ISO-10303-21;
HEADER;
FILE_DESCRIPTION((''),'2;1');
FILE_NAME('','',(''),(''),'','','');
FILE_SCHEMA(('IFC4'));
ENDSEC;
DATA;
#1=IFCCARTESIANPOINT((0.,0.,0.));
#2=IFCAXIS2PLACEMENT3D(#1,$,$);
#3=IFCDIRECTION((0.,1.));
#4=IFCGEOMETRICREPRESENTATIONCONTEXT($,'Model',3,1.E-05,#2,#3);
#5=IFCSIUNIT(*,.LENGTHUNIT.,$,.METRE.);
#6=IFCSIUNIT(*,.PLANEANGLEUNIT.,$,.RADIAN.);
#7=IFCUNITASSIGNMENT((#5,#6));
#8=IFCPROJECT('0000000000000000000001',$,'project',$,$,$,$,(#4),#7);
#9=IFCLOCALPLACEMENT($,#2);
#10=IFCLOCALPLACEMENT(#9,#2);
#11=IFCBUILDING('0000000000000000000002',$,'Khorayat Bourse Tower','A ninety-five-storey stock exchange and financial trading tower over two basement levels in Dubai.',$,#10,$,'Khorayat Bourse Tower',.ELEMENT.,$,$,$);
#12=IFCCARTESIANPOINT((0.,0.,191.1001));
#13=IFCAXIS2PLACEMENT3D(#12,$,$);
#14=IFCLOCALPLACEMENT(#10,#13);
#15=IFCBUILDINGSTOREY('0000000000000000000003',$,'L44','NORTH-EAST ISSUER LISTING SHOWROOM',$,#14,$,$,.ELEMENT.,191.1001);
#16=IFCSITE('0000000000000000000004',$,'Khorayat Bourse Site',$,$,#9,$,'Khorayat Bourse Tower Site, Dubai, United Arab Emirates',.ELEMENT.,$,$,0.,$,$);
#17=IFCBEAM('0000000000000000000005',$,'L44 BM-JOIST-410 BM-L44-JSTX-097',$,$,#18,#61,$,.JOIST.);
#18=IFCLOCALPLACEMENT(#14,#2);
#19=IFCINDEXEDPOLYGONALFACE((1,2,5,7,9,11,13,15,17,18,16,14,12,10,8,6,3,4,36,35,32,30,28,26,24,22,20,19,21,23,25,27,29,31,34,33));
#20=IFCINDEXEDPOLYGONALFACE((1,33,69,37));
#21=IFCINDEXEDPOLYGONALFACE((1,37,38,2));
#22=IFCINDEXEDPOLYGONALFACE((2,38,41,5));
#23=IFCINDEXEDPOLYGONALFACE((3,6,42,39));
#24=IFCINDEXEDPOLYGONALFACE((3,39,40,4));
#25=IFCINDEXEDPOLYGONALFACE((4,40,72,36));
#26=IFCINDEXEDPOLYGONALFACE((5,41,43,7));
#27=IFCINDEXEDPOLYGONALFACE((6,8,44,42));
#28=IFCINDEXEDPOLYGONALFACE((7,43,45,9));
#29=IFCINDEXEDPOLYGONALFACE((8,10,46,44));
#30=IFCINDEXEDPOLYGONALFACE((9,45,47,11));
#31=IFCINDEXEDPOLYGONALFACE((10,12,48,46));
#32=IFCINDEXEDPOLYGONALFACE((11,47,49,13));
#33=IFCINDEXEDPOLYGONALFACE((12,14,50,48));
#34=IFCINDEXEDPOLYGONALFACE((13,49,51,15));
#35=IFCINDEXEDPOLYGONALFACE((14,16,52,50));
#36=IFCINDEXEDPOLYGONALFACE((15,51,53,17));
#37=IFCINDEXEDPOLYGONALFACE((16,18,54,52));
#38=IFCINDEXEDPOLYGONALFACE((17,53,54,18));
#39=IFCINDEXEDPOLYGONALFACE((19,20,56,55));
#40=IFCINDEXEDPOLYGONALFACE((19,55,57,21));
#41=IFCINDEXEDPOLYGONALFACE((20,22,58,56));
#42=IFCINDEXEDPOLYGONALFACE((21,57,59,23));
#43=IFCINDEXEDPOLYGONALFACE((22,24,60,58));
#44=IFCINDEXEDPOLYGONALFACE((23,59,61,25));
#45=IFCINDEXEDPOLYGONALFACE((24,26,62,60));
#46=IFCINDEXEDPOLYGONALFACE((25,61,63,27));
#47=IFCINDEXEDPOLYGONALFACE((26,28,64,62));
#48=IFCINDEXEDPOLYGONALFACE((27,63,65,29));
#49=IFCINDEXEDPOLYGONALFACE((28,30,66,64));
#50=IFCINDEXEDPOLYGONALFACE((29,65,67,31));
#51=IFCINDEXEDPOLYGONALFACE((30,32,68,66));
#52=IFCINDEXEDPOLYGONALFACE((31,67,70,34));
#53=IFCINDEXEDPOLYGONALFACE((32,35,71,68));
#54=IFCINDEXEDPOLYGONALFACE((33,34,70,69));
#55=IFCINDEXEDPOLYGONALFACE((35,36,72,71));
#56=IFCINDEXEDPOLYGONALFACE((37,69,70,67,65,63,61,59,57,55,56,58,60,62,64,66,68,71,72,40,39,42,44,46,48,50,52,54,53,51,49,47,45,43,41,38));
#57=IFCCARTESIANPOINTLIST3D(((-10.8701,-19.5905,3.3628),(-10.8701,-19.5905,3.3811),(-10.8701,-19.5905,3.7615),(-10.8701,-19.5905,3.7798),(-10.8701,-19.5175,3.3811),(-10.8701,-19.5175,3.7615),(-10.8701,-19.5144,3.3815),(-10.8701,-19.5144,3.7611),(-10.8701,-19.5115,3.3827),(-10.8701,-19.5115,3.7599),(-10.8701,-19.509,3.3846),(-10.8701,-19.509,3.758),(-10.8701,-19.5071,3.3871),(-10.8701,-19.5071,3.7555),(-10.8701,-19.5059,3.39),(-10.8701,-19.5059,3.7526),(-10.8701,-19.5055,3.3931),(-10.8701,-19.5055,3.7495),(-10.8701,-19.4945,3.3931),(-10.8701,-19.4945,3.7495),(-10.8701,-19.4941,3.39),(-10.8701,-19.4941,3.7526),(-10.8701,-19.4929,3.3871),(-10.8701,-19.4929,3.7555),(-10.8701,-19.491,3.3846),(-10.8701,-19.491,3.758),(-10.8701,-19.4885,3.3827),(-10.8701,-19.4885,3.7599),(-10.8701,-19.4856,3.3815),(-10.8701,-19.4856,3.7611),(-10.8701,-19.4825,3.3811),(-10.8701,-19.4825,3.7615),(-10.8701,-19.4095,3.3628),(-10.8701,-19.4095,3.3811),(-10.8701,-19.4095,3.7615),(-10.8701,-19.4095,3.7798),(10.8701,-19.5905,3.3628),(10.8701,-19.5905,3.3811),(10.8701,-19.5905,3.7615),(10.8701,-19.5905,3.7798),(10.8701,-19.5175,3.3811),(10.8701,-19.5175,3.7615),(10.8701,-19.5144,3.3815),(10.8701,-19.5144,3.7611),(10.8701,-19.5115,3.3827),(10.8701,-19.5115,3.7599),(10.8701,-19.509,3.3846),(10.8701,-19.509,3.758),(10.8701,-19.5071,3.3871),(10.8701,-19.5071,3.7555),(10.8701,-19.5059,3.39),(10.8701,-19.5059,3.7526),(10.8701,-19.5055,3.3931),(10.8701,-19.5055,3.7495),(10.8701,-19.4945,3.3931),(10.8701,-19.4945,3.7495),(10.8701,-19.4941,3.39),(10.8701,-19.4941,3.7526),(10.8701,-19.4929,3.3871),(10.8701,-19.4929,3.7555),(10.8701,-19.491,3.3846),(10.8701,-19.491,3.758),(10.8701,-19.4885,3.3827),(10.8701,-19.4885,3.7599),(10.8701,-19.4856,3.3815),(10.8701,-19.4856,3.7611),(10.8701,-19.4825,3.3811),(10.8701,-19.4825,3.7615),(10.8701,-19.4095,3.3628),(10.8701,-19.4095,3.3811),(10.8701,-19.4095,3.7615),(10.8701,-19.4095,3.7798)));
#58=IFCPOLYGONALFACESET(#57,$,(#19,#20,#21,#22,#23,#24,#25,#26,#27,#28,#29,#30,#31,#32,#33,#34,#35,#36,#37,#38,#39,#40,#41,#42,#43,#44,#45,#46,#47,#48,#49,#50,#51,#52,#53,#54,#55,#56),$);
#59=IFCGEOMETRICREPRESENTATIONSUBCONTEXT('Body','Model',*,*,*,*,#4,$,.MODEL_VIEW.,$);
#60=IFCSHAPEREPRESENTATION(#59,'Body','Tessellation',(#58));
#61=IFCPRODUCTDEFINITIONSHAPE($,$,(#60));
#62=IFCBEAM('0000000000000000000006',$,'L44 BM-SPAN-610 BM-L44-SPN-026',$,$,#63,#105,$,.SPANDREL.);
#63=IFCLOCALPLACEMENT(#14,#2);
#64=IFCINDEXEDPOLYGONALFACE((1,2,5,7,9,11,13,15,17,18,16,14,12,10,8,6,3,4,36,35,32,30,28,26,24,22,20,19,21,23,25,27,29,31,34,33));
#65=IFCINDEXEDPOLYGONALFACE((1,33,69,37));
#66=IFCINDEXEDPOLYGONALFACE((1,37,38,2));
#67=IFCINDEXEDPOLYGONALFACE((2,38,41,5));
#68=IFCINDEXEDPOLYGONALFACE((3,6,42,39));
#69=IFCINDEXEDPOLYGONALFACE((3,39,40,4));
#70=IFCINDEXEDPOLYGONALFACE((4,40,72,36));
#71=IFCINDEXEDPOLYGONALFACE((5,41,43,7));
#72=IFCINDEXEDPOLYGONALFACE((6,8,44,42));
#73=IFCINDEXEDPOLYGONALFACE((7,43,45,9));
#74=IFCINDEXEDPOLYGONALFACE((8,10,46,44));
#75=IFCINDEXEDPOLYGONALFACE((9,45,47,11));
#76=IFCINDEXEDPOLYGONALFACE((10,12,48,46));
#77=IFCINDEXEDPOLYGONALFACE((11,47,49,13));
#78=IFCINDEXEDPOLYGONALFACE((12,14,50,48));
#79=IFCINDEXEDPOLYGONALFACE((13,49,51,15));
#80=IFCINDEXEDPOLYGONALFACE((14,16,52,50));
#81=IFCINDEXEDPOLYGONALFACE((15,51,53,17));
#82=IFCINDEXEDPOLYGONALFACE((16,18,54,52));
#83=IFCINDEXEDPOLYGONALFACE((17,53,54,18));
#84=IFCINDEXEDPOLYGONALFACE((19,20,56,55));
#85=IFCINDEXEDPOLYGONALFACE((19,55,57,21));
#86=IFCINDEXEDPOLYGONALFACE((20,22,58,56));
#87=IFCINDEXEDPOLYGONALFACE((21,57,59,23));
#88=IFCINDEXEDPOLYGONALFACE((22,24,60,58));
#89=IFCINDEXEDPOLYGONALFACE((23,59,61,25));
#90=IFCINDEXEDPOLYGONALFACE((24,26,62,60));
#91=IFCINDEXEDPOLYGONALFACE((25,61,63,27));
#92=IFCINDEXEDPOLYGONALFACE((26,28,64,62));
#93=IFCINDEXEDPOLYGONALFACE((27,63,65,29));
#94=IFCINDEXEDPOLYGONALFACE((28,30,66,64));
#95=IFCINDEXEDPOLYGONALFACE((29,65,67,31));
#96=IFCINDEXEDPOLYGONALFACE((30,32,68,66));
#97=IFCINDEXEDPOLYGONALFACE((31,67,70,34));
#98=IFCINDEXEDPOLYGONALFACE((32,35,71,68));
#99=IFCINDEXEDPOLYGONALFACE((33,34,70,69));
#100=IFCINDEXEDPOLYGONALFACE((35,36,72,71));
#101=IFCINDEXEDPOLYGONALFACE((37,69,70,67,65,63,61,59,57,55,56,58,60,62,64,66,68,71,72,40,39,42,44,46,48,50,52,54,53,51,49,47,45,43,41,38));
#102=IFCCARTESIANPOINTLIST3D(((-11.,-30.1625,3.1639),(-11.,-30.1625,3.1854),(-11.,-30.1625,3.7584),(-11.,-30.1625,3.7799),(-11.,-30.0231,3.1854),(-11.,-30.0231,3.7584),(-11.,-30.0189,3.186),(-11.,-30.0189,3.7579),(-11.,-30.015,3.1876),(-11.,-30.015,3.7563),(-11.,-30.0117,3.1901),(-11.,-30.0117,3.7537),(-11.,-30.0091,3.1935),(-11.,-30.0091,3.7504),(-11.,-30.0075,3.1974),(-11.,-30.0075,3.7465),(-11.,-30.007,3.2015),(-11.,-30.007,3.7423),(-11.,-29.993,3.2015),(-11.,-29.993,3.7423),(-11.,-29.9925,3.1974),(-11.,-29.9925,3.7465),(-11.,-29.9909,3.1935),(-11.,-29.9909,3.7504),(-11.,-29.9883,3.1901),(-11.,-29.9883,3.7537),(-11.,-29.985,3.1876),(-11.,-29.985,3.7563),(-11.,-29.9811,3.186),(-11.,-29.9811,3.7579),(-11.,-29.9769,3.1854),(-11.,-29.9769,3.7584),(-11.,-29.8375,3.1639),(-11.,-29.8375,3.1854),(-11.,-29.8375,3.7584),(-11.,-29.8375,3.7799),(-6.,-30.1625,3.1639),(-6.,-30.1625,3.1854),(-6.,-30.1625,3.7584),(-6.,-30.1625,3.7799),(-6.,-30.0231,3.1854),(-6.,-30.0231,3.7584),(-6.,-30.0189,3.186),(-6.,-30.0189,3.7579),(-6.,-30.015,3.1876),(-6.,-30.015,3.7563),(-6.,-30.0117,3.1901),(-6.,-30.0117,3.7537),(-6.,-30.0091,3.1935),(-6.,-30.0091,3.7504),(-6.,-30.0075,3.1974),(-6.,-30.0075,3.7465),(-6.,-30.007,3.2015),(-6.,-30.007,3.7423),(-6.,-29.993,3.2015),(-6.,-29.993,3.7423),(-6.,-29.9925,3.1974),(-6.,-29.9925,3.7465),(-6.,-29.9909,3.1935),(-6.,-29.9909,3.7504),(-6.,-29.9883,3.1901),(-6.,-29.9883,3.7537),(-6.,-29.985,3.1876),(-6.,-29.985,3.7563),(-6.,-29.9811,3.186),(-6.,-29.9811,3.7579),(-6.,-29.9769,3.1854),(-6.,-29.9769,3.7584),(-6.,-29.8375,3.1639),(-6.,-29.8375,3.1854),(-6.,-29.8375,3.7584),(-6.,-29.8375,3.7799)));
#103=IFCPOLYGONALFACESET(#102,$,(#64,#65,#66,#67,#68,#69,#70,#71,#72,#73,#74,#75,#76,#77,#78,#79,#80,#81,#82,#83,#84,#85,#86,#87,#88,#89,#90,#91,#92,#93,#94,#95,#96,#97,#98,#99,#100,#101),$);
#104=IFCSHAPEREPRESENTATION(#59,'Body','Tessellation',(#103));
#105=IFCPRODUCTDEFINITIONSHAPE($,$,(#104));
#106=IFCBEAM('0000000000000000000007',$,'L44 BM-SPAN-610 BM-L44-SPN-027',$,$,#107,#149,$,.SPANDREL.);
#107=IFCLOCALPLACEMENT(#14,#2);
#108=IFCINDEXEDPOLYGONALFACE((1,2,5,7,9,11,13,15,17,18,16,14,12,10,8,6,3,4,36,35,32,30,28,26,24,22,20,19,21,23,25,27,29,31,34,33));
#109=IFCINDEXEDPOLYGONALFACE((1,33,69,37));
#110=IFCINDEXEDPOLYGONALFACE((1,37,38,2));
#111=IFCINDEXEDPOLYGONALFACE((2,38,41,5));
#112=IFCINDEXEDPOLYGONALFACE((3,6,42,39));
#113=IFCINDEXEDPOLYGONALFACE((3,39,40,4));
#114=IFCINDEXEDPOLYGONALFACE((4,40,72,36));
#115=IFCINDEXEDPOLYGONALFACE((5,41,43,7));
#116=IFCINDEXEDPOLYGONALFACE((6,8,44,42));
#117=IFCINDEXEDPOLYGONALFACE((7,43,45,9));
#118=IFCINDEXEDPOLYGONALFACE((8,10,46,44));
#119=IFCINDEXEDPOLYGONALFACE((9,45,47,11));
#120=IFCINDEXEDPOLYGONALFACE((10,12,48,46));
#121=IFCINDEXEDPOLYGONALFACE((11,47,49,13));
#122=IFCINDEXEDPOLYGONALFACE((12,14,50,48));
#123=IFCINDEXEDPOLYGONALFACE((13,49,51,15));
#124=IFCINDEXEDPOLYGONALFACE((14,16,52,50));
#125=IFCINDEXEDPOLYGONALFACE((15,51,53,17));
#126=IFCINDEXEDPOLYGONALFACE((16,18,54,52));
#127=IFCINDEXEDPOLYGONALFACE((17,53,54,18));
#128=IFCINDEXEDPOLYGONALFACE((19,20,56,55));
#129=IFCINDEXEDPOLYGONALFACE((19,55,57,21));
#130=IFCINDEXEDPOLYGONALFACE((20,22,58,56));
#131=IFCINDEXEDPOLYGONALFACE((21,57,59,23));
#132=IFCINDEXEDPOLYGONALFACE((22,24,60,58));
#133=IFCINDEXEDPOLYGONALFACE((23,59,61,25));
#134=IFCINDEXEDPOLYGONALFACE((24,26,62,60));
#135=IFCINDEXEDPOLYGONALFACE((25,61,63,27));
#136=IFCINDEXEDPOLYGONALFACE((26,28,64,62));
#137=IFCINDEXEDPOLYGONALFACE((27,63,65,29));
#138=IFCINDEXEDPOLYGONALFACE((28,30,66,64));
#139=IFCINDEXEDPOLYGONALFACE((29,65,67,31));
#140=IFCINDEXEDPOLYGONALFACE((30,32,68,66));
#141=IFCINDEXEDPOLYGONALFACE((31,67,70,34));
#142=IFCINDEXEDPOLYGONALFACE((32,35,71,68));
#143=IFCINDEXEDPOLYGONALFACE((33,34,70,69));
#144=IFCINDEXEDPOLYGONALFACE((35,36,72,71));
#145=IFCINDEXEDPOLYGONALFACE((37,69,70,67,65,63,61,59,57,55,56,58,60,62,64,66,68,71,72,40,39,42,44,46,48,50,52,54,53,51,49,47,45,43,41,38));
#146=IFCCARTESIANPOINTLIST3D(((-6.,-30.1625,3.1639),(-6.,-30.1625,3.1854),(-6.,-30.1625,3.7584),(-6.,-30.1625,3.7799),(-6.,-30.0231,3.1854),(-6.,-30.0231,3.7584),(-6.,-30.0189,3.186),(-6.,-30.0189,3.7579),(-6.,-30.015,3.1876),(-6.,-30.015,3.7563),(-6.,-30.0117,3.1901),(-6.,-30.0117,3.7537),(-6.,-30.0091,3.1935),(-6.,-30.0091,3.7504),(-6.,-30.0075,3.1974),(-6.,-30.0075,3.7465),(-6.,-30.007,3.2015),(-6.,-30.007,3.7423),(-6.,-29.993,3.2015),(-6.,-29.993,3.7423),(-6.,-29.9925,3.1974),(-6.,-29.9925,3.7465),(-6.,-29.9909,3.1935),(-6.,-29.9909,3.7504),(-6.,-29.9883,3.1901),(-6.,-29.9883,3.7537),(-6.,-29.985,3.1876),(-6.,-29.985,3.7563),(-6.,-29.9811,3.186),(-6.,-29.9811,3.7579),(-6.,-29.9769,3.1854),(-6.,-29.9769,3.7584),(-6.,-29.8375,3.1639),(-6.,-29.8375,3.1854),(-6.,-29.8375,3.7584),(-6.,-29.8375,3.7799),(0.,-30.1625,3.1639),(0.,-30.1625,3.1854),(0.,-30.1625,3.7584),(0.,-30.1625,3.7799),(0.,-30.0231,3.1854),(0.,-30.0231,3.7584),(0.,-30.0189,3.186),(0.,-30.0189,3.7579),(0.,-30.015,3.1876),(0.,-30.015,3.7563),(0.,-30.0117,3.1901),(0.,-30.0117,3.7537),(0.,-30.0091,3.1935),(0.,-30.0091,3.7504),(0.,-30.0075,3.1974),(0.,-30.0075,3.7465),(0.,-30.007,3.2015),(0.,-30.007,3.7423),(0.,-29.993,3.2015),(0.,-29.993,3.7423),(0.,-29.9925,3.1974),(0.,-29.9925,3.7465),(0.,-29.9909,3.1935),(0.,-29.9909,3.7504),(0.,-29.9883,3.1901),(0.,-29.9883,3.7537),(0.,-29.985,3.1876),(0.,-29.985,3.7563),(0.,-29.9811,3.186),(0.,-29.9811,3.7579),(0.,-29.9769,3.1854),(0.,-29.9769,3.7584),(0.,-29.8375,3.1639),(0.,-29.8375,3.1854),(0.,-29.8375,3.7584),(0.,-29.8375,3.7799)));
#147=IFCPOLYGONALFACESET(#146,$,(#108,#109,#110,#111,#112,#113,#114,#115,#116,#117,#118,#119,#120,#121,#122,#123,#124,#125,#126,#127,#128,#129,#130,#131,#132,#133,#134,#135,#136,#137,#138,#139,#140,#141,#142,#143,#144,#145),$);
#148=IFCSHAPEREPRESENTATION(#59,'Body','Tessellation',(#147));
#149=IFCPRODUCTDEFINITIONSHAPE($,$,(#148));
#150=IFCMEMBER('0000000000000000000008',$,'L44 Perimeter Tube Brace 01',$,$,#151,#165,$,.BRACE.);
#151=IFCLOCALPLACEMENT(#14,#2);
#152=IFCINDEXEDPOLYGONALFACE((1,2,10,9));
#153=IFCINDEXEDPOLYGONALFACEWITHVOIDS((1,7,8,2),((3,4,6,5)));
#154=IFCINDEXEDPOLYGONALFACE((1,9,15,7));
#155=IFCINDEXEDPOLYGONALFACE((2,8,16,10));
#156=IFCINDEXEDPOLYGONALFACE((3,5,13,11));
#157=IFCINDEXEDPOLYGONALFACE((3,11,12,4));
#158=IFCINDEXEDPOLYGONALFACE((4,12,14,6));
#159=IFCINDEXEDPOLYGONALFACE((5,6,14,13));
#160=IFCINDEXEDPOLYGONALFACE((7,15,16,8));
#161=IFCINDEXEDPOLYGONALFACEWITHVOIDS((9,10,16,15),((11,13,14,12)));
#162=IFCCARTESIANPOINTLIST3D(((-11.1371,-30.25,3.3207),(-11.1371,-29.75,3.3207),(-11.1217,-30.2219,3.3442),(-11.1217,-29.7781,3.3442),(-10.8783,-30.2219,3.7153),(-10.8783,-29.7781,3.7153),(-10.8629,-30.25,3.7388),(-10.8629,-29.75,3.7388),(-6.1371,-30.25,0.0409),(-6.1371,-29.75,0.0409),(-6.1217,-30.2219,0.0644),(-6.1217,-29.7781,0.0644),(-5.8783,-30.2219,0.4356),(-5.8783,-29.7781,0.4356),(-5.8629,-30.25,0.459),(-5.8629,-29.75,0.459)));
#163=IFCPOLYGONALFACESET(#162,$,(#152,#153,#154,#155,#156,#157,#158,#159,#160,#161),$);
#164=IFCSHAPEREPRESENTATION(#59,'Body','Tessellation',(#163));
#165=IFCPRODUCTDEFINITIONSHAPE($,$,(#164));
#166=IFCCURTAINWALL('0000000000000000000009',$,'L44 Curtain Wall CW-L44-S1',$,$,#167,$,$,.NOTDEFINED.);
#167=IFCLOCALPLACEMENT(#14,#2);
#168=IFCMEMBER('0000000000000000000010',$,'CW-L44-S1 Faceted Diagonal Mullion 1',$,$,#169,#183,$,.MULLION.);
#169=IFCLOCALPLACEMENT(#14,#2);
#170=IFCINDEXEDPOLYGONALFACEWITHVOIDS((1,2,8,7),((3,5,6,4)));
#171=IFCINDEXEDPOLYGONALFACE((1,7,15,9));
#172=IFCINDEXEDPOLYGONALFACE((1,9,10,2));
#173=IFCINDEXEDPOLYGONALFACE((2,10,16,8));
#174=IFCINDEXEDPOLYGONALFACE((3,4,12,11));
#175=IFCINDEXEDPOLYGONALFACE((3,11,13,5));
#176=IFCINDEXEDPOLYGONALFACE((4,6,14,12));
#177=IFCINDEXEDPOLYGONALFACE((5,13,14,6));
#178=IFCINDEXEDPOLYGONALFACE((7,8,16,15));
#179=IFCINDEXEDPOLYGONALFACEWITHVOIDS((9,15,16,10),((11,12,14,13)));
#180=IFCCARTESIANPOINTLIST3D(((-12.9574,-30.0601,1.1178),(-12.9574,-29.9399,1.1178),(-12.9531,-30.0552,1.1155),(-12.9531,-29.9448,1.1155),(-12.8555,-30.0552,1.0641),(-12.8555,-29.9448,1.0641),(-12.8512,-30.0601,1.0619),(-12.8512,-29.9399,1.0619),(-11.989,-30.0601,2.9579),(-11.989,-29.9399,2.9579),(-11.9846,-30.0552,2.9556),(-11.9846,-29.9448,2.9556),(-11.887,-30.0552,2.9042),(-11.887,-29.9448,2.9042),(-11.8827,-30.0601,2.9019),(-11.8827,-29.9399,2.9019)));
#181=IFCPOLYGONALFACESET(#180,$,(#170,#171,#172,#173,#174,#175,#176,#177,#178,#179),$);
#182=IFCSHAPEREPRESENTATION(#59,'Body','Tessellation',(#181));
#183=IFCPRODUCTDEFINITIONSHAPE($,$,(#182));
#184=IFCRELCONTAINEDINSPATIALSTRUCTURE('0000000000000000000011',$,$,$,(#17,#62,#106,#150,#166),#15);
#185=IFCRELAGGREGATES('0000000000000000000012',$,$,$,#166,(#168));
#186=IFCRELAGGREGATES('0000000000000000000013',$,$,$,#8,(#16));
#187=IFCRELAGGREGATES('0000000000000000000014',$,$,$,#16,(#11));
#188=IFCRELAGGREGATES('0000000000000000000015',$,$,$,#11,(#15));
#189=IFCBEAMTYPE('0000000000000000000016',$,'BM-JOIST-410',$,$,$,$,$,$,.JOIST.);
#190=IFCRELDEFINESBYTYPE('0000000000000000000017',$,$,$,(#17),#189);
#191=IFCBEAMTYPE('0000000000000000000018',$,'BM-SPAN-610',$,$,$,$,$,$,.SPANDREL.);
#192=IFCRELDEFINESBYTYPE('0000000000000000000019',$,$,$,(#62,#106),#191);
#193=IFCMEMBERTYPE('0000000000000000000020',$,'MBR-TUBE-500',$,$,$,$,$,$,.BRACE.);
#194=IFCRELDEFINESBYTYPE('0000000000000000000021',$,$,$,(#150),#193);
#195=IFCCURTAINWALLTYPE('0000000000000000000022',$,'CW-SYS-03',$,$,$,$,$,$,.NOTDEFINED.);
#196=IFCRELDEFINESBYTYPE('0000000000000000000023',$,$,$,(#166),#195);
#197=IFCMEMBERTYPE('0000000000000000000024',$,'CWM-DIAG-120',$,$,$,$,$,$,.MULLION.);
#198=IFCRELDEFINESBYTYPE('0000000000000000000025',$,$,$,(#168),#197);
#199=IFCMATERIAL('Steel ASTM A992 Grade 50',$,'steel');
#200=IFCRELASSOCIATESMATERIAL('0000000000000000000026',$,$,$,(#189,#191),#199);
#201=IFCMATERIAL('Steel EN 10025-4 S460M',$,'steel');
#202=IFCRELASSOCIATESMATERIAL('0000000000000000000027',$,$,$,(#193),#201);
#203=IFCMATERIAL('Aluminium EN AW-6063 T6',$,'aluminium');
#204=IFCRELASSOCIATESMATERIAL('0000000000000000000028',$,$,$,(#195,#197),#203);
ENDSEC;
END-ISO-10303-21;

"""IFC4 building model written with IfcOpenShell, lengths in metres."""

from ifc_helpers import new_model, si_unit, direction, frame, origin, origin_2d, place, context, subcontext, project, spatial, hollow_rectangle, i_section, extrude, source, transform, mapped, material, material_profile, profile_set, type_object, element, aggregate, save


model = new_model("IFC4")

# Units and contexts
model_context = context("Model", 3, precision=1e-05, world=origin(), true_north=direction((0.0, 1.0)))
body_context = subcontext(model_context, "Body", "Model", "MODEL_VIEW")
ifc_project = project(units=[si_unit("LENGTHUNIT", "METRE"), si_unit("PLANEANGLEUNIT", "RADIAN")], contexts=[model_context])

# Site, building, storey
site_placement = place(None, origin())
site = spatial("IfcSite", under=ifc_project, at=site_placement, Name="Khorayat Bourse Site", LongName="Khorayat Bourse Tower Site, Dubai, United Arab Emirates", CompositionType="ELEMENT", RefElevation=0.0)
building_placement = place(site_placement, origin())
building = spatial("IfcBuilding", under=site, at=building_placement, Name="Khorayat Bourse Tower", Description="A ninety-five-storey stock exchange and financial trading tower over two basement levels in Dubai.", LongName="Khorayat Bourse Tower", CompositionType="ELEMENT")
storey_placement = place(building_placement, frame((0.0, 0.0, 191.1001)))
storey = spatial("IfcBuildingStorey", under=building, at=storey_placement, Name="L44", Description="NORTH-EAST ISSUER LISTING SHOWROOM", CompositionType="ELEMENT", Elevation=191.1001)

# Shared definitions
ifc_material_1 = material(Name="Steel EN 10025-4 S460M", Category="steel")

# Beams
ifc_material_2 = material(Name="Steel ASTM A992 Grade 50", Category="steel")
ifc_material_profile_1 = material_profile(ifc_material_2, i_section(OverallWidth=0.1809, OverallDepth=0.417, WebThickness=0.011, FlangeThickness=0.0183, FilletRadius=0.012, at=origin_2d()), Name="W410X85")
ifc_profile_set_1 = profile_set([ifc_material_profile_1], Name="Steel ASTM A992 Grade 50")
beam_type_1 = type_object("IfcBeamType", Name="BM-JOIST-410", PredefinedType="JOIST", material=ifc_profile_set_1)
shared_shape_1 = source(origin(), body_context, "Body", "SweptSolid", [
    extrude(i_section(OverallWidth=0.1809, OverallDepth=0.417, WebThickness=0.011, FlangeThickness=0.0183, FilletRadius=0.012, at=origin_2d()), origin(), (0.0, 0.0, 1.0), 21.7402),
])
beam_1_placement = place(storey_placement, frame((-10.8701, -19.5, 3.5713), z_axis=(1.0, 0.0, 0.0), x_axis=(0.0, 1.0, 0.0)))
element("IfcBeam", 1, at=beam_1_placement, inside=storey, type_object=beam_type_1, Name="L44 BM-JOIST-410 BM-L44-JSTX-097", PredefinedType="JOIST", context=body_context, shape_type="MappedRepresentation", body=[
    mapped(shared_shape_1, transform((0.0, 0.0, 0.0), scale=1.0)),
])
ifc_material_profile_2 = material_profile(ifc_material_2, i_section(OverallWidth=0.325, OverallDepth=0.616, WebThickness=0.0139, FlangeThickness=0.0215, FilletRadius=0.0161, at=origin_2d()), Name="W610X174")
ifc_profile_set_2 = profile_set([ifc_material_profile_2], Name="Steel ASTM A992 Grade 50")
beam_type_2 = type_object("IfcBeamType", Name="BM-SPAN-610", PredefinedType="SPANDREL", material=ifc_profile_set_2)
shared_shape_2 = source(origin(), body_context, "Body", "SweptSolid", [
    extrude(i_section(OverallWidth=0.325, OverallDepth=0.616, WebThickness=0.0139, FlangeThickness=0.0215, FilletRadius=0.0161, at=origin_2d()), origin(), (0.0, 0.0, 1.0), 5.0),
])
beam_2_placement = place(storey_placement, frame((-11.0, -30.0, 3.4719), z_axis=(1.0, 0.0, 0.0), x_axis=(0.0, 1.0, 0.0)))
element("IfcBeam", 2, at=beam_2_placement, inside=storey, type_object=beam_type_2, Name="L44 BM-SPAN-610 BM-L44-SPN-026", PredefinedType="SPANDREL", context=body_context, shape_type="MappedRepresentation", body=[
    mapped(shared_shape_2, transform((0.0, 0.0, 0.0), scale=1.0)),
])
shared_shape_3 = source(origin(), body_context, "Body", "SweptSolid", [
    extrude(i_section(OverallWidth=0.325, OverallDepth=0.616, WebThickness=0.0139, FlangeThickness=0.0215, FilletRadius=0.0161, at=origin_2d()), origin(), (0.0, 0.0, 1.0), 6.0),
])
beam_3_placement = place(storey_placement, frame((-6.0, -30.0, 3.4719), z_axis=(1.0, 0.0, 0.0), x_axis=(0.0, 1.0, 0.0)))
element("IfcBeam", 3, at=beam_3_placement, inside=storey, type_object=beam_type_2, Name="L44 BM-SPAN-610 BM-L44-SPN-027", PredefinedType="SPANDREL", context=body_context, shape_type="MappedRepresentation", body=[
    mapped(shared_shape_3, transform((0.0, 0.0, 0.0), scale=1.0)),
])

# Member
ifc_material_profile_3 = material_profile(ifc_material_1, hollow_rectangle(XDim=0.5, YDim=0.5, WallThickness=0.0281, at=origin_2d()), Name="HSS 500x500x28")
ifc_profile_set_3 = profile_set([ifc_material_profile_3], Name="Steel EN 10025-4 S460M")
member_type_1 = type_object("IfcMemberType", Name="MBR-TUBE-500", PredefinedType="BRACE", material=ifc_profile_set_3)
shared_shape_4 = source(origin(), body_context, "Body", "SweptSolid", [
    extrude(hollow_rectangle(XDim=0.5, YDim=0.5, WallThickness=0.0281, at=origin_2d()), origin(), (0.0, 0.0, 1.0), 5.9797),
])
member_1_placement = place(storey_placement, frame((-11.0, -30.0, 3.5298), z_axis=(0.83616, 0.0, -0.548485), x_axis=(0.0, 1.0, 0.0)))
element("IfcMember", 4, at=member_1_placement, inside=storey, type_object=member_type_1, Name="L44 Perimeter Tube Brace 01", PredefinedType="BRACE", context=body_context, shape_type="MappedRepresentation", body=[
    mapped(shared_shape_4, transform((0.0, 0.0, 0.0), scale=1.0)),
])

# Curtain wall, member
ifc_material_3 = material(Name="Aluminium EN AW-6063 T6", Category="aluminium")
curtain_wall_type = type_object("IfcCurtainWallType", Name="CW-SYS-03", PredefinedType="NOTDEFINED", material=ifc_material_3)
curtain_wall_placement = place(storey_placement, origin())
curtain_wall = element("IfcCurtainWall", 5, at=curtain_wall_placement, inside=storey, type_object=curtain_wall_type, Name="L44 Curtain Wall CW-L44-S1", PredefinedType="NOTDEFINED")
ifc_material_profile_4 = material_profile(ifc_material_3, hollow_rectangle(XDim=0.1201, YDim=0.1201, WallThickness=0.0049, at=origin_2d()), Name="ALU 120x120x5")
ifc_profile_set_4 = profile_set([ifc_material_profile_4], Name="Aluminium EN AW-6063 T6")
member_type_2 = type_object("IfcMemberType", Name="CWM-DIAG-120", PredefinedType="MULLION", material=ifc_profile_set_4)
shared_shape_5 = source(origin(), body_context, "Body", "SweptSolid", [
    extrude(hollow_rectangle(XDim=0.1201, YDim=0.1201, WallThickness=0.0049, at=origin_2d()), origin(), (0.0, 0.0, 1.0), 2.0793),
])
member_2_placement = place(storey_placement, frame((-12.9043, -30.0, 1.0898), z_axis=(0.465761, 0.0, 0.884911), x_axis=(0.0, 1.0, 0.0)))
member_2 = element("IfcMember", 6, at=member_2_placement, type_object=member_type_2, Name="CW-L44-S1 Faceted Diagonal Mullion 1", PredefinedType="MULLION", context=body_context, shape_type="MappedRepresentation", body=[
    mapped(shared_shape_5, transform((0.0, 0.0, 0.0), scale=1.0)),
])

aggregate(curtain_wall, [member_2])

save(model, "model.ifc")
